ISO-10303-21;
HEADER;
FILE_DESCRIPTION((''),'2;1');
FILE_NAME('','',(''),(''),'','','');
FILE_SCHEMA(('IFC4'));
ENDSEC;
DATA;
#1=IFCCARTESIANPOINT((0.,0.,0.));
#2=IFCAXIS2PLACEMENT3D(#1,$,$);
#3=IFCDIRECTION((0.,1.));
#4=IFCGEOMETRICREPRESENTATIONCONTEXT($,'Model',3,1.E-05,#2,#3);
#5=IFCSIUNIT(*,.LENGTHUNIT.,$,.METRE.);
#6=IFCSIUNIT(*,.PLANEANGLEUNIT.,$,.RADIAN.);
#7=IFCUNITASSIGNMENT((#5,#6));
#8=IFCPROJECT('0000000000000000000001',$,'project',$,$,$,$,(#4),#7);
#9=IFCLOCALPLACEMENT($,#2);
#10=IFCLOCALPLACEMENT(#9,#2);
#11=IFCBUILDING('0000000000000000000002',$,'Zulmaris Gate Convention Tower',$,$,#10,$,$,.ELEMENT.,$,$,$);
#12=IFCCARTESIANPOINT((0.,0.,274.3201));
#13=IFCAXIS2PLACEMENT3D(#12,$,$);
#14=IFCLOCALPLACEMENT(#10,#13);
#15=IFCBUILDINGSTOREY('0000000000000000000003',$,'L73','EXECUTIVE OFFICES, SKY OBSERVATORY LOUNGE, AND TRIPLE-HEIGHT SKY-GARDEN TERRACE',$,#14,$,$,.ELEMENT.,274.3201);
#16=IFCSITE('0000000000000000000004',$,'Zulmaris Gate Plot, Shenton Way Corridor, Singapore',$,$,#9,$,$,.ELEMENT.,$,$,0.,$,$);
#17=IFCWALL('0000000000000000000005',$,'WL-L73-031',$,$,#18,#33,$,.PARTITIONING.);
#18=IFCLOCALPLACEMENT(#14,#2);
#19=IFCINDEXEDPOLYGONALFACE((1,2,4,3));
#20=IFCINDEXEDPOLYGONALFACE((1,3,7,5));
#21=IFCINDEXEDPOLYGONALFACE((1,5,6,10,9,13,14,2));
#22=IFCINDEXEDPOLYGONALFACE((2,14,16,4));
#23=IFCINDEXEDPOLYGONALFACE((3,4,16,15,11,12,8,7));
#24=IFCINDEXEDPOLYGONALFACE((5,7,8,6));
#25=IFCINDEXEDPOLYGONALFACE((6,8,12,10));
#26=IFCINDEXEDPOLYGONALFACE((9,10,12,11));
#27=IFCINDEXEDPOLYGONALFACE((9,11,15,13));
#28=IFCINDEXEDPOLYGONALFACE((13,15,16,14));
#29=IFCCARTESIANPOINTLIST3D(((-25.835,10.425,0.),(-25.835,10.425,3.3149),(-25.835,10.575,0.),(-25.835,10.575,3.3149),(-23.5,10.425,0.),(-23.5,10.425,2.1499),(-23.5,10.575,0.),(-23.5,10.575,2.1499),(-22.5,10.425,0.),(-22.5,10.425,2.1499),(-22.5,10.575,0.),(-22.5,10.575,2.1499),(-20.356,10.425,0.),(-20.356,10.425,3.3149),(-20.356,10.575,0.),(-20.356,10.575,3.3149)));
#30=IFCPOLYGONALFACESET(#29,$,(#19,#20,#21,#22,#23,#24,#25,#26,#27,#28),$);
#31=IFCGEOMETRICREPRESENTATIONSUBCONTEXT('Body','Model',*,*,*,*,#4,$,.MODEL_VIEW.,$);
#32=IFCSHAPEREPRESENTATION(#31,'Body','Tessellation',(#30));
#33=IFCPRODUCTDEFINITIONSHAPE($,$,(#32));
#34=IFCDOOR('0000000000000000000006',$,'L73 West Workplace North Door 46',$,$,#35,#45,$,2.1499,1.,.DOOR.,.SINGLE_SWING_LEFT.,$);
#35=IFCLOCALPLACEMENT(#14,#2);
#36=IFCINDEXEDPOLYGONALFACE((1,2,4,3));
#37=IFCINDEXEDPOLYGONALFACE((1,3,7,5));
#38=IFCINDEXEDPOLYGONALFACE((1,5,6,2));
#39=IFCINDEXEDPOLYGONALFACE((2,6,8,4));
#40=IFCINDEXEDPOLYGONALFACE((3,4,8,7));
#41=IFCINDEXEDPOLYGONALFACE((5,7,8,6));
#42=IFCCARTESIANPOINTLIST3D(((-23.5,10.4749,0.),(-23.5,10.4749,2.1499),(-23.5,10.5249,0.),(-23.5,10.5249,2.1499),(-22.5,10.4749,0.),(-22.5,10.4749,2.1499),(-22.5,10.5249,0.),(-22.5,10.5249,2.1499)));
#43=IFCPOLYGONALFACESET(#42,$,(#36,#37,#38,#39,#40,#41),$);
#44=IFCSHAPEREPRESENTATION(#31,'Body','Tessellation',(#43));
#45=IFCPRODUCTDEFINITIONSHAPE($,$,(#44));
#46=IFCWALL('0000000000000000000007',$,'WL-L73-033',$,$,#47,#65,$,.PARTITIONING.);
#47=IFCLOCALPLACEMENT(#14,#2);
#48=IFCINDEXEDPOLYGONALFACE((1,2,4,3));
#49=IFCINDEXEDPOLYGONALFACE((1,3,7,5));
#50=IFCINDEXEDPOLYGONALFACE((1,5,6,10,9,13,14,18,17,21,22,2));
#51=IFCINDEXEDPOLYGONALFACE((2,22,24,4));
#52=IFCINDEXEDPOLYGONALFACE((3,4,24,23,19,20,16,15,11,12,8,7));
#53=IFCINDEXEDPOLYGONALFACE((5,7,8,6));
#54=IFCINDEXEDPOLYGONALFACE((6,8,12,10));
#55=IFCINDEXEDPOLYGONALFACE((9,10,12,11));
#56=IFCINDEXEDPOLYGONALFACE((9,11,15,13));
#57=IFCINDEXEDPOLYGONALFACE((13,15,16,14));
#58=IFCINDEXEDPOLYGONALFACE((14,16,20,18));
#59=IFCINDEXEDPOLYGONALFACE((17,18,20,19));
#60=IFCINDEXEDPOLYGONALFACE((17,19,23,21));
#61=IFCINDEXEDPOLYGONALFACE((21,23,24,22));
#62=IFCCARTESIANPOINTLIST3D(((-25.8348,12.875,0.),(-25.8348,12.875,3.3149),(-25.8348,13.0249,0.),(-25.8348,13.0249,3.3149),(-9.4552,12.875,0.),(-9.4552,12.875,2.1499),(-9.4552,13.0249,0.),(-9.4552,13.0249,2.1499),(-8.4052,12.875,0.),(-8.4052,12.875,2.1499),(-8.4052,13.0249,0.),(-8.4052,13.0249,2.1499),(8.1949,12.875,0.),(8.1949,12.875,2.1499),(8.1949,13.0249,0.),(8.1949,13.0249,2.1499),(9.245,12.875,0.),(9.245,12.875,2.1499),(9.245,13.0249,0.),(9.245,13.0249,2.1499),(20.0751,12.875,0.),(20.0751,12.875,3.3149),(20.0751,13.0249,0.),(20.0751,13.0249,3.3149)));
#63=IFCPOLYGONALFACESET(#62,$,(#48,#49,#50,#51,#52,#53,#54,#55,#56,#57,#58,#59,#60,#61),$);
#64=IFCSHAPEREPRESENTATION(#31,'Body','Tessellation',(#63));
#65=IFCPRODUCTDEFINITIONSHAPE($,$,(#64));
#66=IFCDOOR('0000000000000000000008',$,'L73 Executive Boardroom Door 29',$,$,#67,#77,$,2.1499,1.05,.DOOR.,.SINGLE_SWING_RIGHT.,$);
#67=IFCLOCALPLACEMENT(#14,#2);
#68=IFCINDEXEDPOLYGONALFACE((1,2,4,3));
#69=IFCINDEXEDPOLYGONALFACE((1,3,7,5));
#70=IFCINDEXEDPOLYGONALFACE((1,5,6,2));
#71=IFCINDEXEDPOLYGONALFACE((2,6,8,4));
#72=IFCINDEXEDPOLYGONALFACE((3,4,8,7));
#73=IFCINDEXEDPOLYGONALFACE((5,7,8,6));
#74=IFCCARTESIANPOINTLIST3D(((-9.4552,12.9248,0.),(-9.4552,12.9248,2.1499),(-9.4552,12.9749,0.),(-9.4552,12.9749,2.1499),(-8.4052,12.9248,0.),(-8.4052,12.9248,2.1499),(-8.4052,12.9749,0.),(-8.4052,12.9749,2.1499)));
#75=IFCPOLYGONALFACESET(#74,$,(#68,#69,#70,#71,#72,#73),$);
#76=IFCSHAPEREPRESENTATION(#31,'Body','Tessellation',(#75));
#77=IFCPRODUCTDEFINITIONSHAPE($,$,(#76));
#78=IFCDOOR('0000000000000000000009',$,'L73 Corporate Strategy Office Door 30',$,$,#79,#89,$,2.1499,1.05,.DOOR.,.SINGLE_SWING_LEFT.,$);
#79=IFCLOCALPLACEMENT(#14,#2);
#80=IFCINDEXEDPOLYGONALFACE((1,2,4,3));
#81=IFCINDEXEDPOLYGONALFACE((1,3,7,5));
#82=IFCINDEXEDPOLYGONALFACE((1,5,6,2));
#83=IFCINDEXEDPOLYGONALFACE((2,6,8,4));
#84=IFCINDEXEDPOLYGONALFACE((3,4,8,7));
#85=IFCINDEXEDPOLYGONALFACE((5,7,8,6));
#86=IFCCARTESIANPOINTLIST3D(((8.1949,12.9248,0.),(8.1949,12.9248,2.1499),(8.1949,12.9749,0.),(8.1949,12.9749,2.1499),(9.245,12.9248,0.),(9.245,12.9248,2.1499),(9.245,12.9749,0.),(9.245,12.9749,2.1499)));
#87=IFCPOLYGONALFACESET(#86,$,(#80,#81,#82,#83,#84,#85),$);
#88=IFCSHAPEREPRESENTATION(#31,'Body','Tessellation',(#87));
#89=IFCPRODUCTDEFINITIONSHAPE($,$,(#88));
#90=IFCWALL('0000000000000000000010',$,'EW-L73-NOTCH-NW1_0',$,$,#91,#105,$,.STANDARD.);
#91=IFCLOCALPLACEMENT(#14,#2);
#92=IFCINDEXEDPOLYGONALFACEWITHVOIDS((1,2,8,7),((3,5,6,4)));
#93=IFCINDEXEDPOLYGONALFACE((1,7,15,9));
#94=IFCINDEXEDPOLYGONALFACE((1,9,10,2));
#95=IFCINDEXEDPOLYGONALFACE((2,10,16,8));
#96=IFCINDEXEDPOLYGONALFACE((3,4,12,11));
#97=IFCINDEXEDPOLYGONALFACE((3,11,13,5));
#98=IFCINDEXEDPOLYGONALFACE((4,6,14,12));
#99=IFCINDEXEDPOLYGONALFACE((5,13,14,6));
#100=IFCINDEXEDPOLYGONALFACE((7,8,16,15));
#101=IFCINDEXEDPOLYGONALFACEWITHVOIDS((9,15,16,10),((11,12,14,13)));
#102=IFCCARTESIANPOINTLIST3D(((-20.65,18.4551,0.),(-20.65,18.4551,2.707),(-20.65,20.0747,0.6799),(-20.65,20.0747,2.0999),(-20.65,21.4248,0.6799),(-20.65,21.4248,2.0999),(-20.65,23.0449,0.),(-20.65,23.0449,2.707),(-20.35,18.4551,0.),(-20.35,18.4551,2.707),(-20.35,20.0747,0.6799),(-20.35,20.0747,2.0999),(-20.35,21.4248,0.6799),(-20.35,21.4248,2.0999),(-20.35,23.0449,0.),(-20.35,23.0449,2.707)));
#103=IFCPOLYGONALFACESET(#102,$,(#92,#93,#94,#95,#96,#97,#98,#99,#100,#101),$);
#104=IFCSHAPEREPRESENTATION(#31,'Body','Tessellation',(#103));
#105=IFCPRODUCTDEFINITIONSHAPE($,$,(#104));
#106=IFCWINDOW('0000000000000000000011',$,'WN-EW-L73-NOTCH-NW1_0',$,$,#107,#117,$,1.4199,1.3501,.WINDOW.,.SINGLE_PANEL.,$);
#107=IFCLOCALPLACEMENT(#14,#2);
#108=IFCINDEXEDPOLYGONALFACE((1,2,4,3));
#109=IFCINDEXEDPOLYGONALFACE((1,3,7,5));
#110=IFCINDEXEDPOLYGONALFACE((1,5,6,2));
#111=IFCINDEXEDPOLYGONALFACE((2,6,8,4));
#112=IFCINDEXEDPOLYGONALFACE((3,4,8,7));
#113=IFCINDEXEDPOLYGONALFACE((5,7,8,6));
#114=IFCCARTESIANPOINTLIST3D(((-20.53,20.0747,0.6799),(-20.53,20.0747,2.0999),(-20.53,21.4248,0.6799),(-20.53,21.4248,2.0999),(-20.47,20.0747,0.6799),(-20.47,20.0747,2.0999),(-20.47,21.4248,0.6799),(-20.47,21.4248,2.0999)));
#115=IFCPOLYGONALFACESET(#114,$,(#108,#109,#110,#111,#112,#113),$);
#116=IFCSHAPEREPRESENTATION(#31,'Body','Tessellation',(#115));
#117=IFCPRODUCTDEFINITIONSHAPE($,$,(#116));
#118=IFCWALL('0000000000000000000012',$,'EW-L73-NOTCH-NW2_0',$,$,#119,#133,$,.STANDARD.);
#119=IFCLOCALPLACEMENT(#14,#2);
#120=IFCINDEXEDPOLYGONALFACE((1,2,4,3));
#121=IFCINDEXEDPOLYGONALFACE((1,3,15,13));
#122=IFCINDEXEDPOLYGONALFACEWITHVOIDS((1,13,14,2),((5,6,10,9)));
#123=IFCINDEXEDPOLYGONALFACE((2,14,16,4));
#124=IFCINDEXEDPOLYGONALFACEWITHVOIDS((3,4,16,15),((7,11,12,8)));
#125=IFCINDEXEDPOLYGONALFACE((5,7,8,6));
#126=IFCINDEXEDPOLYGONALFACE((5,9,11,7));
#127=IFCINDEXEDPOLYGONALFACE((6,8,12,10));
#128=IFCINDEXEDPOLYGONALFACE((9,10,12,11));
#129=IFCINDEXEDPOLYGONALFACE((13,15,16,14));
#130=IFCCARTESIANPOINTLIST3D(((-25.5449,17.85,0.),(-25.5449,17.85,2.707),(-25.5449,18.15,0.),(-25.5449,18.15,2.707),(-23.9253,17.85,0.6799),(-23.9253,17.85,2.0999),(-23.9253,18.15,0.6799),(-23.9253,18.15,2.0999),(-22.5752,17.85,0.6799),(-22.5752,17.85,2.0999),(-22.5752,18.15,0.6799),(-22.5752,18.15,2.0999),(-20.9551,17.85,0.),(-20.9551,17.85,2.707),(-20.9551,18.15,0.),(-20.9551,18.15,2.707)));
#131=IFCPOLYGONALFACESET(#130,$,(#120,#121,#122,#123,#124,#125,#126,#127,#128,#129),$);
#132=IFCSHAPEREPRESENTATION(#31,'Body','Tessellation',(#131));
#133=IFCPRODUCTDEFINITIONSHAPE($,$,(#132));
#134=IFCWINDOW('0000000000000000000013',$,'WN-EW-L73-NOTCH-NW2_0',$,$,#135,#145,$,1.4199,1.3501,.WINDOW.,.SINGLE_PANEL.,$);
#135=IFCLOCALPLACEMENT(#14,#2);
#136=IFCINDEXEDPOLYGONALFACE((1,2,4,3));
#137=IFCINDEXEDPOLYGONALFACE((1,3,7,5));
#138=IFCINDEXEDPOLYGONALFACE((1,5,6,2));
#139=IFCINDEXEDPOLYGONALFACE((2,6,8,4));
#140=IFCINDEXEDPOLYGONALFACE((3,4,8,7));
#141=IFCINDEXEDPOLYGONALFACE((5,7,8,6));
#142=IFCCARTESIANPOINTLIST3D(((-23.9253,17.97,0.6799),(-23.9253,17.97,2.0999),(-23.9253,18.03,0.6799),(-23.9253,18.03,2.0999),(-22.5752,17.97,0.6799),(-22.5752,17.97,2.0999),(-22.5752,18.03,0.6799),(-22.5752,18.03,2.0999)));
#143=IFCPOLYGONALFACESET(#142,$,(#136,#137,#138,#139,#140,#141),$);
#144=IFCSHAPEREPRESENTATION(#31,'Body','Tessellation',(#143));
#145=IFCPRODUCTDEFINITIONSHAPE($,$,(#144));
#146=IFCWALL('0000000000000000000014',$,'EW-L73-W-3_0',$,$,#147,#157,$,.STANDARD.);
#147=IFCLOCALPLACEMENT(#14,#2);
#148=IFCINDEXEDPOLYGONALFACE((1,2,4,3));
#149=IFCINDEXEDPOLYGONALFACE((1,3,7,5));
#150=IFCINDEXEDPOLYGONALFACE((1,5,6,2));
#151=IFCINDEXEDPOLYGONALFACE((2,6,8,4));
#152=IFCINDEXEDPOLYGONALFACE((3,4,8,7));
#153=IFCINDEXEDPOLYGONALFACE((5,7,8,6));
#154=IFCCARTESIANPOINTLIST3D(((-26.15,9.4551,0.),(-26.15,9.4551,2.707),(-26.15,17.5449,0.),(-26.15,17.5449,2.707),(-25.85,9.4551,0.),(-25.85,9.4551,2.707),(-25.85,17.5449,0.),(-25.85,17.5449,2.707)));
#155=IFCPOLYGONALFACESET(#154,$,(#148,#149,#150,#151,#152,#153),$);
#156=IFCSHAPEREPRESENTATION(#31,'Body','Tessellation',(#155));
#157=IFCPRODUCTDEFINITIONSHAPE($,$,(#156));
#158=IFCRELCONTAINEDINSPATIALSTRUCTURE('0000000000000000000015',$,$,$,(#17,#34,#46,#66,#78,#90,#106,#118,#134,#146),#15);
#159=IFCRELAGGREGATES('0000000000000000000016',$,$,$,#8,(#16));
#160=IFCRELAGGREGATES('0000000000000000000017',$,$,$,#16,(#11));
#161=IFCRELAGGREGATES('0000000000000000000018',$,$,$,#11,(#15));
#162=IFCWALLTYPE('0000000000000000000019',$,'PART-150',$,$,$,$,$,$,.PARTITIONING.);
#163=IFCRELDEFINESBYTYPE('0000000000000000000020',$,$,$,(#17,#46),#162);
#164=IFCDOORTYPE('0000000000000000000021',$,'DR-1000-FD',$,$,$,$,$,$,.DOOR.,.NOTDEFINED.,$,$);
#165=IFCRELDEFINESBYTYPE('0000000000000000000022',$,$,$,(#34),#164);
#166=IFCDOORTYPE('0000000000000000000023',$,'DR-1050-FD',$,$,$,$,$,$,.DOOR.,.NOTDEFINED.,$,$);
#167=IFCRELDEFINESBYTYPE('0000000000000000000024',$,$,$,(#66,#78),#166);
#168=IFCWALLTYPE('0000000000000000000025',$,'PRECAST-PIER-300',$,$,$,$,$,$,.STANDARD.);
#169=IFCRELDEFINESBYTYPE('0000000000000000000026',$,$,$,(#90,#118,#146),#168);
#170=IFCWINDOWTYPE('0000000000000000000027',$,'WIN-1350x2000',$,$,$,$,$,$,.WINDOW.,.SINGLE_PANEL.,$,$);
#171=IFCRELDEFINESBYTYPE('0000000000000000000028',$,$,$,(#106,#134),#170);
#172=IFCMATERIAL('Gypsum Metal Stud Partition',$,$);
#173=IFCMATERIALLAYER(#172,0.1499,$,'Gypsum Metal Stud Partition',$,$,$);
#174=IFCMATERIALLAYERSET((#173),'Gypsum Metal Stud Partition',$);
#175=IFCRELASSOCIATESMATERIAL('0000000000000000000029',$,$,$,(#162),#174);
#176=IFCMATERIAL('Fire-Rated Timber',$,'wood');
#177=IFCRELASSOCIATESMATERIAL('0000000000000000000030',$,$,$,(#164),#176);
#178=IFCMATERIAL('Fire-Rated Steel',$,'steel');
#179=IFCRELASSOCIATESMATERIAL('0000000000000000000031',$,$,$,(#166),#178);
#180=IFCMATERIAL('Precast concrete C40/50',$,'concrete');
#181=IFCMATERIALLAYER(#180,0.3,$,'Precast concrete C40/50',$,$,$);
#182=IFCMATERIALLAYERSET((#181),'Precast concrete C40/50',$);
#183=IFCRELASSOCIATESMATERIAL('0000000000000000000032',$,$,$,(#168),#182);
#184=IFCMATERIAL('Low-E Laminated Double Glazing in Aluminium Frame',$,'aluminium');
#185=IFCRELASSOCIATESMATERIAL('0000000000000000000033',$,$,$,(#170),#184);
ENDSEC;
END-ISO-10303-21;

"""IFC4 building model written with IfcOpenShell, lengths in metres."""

from ifc_helpers import new_model, si_unit, direction, frame, frame_2d, origin, place, context, subcontext, project, spatial, rectangle, extrude, material, layer, layer_set, type_object, element, fill, save


model = new_model("IFC4")

# Units and contexts
model_context = context("Model", 3, precision=1e-05, world=origin(), true_north=direction((0.0, 1.0)))
body_context = subcontext(model_context, "Body", "Model", "MODEL_VIEW")
ifc_project = project(units=[si_unit("LENGTHUNIT", "METRE"), si_unit("PLANEANGLEUNIT", "RADIAN")], contexts=[model_context])

# Site, building, storey
site_placement = place(None, origin())
site = spatial("IfcSite", under=ifc_project, at=site_placement, Name="Zulmaris Gate Plot, Shenton Way Corridor, Singapore", CompositionType="ELEMENT", RefElevation=0.0)
building_placement = place(site_placement, origin())
building = spatial("IfcBuilding", under=site, at=building_placement, Name="Zulmaris Gate Convention Tower", CompositionType="ELEMENT")
storey_placement = place(building_placement, frame((0.0, 0.0, 274.3201)))
storey = spatial("IfcBuildingStorey", under=building, at=storey_placement, Name="L73", Description="EXECUTIVE OFFICES, SKY OBSERVATORY LOUNGE, AND TRIPLE-HEIGHT SKY-GARDEN TERRACE", CompositionType="ELEMENT", Elevation=274.3201)

# Shared definitions
ifc_material_1 = material(Name="Fire-Rated Steel", Category="steel")
ifc_material_2 = material(Name="Fire-Rated Timber", Category="wood")

# Wall, opening, door
ifc_material_3 = material(Name="Gypsum Metal Stud Partition")
ifc_layer_1 = layer(ifc_material_3, 0.1499, Name="Gypsum Metal Stud Partition")
ifc_layer_set_1 = layer_set([ifc_layer_1], Name="Gypsum Metal Stud Partition")
wall_type_1 = type_object("IfcWallType", Name="PART-150", PredefinedType="PARTITIONING", material=ifc_layer_set_1)
wall_1_placement = place(storey_placement, frame((-25.835, 10.5, 0.0), z_axis=(0.0, 0.0, 1.0), x_axis=(1.0, 0.0, 0.0)))
wall_1 = element("IfcWall", 1, at=wall_1_placement, inside=storey, type_object=wall_type_1, Name="WL-L73-031", PredefinedType="PARTITIONING", context=body_context, shape_type="SweptSolid", body=[
    extrude(rectangle(XDim=5.479, YDim=0.1499, at=frame_2d((2.7395, 0.0))), origin(), (0.0, 0.0, 1.0), 3.3149),
])
opening_1_placement = place(wall_1_placement, frame((2.335, 0.0, 0.0)))
opening_1 = element("IfcOpeningElement", 2, at=opening_1_placement, cuts=wall_1, PredefinedType="OPENING", context=body_context, shape_type="SweptSolid", body=[
    extrude(rectangle(XDim=1.0, YDim=2.1499, at=frame_2d((0.5, 1.075))), frame((0.0, 0.085, 0.0), z_axis=(0.0, -1.0, 0.0), x_axis=(1.0, 0.0, 0.0)), (0.0, 0.0, 1.0), 0.1699),
])
door_type_1 = type_object("IfcDoorType", Name="DR-1000-FD", OperationType="NOTDEFINED", PredefinedType="DOOR", material=ifc_material_2)
door_1_placement = place(opening_1_placement, origin())
door_1 = element("IfcDoor", 3, at=door_1_placement, inside=storey, type_object=door_type_1, Name="L73 West Workplace North Door 46", OperationType="SINGLE_SWING_LEFT", OverallHeight=2.1499, OverallWidth=1.0, PredefinedType="DOOR", context=body_context, shape_type="SweptSolid", body=[
    extrude(rectangle(XDim=1.0, YDim=2.1499, at=frame_2d((0.5, 1.075))), frame((0.0, 0.0249, 0.0), z_axis=(0.0, -1.0, 0.0), x_axis=(1.0, 0.0, 0.0)), (0.0, 0.0, 1.0), 0.05),
])
fill(opening_1, door_1)

# Wall, openings, doors
wall_2_placement = place(storey_placement, frame((-25.835, 12.95, 0.0), z_axis=(0.0, 0.0, 1.0), x_axis=(1.0, 0.0, 0.0)))
wall_2 = element("IfcWall", 4, at=wall_2_placement, inside=storey, type_object=wall_type_1, Name="WL-L73-033", PredefinedType="PARTITIONING", context=body_context, shape_type="SweptSolid", body=[
    extrude(rectangle(XDim=45.9099, YDim=0.1499, at=frame_2d((22.9551, 0.0))), origin(), (0.0, 0.0, 1.0), 3.3149),
])
opening_2_placement = place(wall_2_placement, frame((16.3799, 0.0, 0.0)))
opening_2 = element("IfcOpeningElement", 5, at=opening_2_placement, cuts=wall_2, PredefinedType="OPENING", context=body_context, shape_type="SweptSolid", body=[
    extrude(rectangle(XDim=1.05, YDim=2.1499, at=frame_2d((0.5249, 1.075))), frame((0.0, 0.085, 0.0), z_axis=(0.0, -1.0, 0.0), x_axis=(1.0, 0.0, 0.0)), (0.0, 0.0, 1.0), 0.1699),
])
opening_3_placement = place(wall_2_placement, frame((34.03, 0.0, 0.0)))
opening_3 = element("IfcOpeningElement", 6, at=opening_3_placement, cuts=wall_2, PredefinedType="OPENING", context=body_context, shape_type="SweptSolid", body=[
    extrude(rectangle(XDim=1.05, YDim=2.1499, at=frame_2d((0.5249, 1.075))), frame((0.0, 0.085, 0.0), z_axis=(0.0, -1.0, 0.0), x_axis=(1.0, 0.0, 0.0)), (0.0, 0.0, 1.0), 0.1699),
])
door_type_2 = type_object("IfcDoorType", Name="DR-1050-FD", OperationType="NOTDEFINED", PredefinedType="DOOR", material=ifc_material_1)
door_2_placement = place(opening_2_placement, origin())
door_2 = element("IfcDoor", 7, at=door_2_placement, inside=storey, type_object=door_type_2, Name="L73 Executive Boardroom Door 29", OperationType="SINGLE_SWING_RIGHT", OverallHeight=2.1499, OverallWidth=1.05, PredefinedType="DOOR", context=body_context, shape_type="SweptSolid", body=[
    extrude(rectangle(XDim=1.05, YDim=2.1499, at=frame_2d((0.5249, 1.075))), frame((0.0, 0.0249, 0.0), z_axis=(0.0, -1.0, 0.0), x_axis=(1.0, 0.0, 0.0)), (0.0, 0.0, 1.0), 0.05),
])
fill(opening_2, door_2)
door_3_placement = place(opening_3_placement, origin())
door_3 = element("IfcDoor", 8, at=door_3_placement, inside=storey, type_object=door_type_2, Name="L73 Corporate Strategy Office Door 30", OperationType="SINGLE_SWING_LEFT", OverallHeight=2.1499, OverallWidth=1.05, PredefinedType="DOOR", context=body_context, shape_type="SweptSolid", body=[
    extrude(rectangle(XDim=1.05, YDim=2.1499, at=frame_2d((0.5249, 1.075))), frame((0.0, 0.0249, 0.0), z_axis=(0.0, -1.0, 0.0), x_axis=(1.0, 0.0, 0.0)), (0.0, 0.0, 1.0), 0.05),
])
fill(opening_3, door_3)

# Walls, openings, windows
ifc_material_4 = material(Name="Precast concrete C40/50", Category="concrete")
ifc_layer_2 = layer(ifc_material_4, 0.3, Name="Precast concrete C40/50")
ifc_layer_set_2 = layer_set([ifc_layer_2], Name="Precast concrete C40/50")
wall_type_2 = type_object("IfcWallType", Name="PRECAST-PIER-300", PredefinedType="STANDARD", material=ifc_layer_set_2)
wall_3_placement = place(storey_placement, frame((-20.5, 23.0449, 0.0), z_axis=(0.0, 0.0, 1.0), x_axis=(0.0, -1.0, 0.0)))
wall_3 = element("IfcWall", 9, at=wall_3_placement, inside=storey, type_object=wall_type_2, Name="EW-L73-NOTCH-NW1_0", PredefinedType="STANDARD", context=body_context, shape_type="SweptSolid", body=[
    extrude(rectangle(XDim=4.5898, YDim=0.3, at=frame_2d((2.2949, 0.0))), origin(), (0.0, 0.0, 1.0), 2.707),
])
opening_4_placement = place(wall_3_placement, frame((1.6201, 0.0, 0.6799)))
opening_4 = element("IfcOpeningElement", 10, at=opening_4_placement, cuts=wall_3, PredefinedType="OPENING", context=body_context, shape_type="SweptSolid", body=[
    extrude(rectangle(XDim=1.3501, YDim=1.4199, at=frame_2d((0.675, 0.71))), frame((0.0, 0.1602, 0.0), z_axis=(0.0, -1.0, 0.0), x_axis=(1.0, 0.0, 0.0)), (0.0, 0.0, 1.0), 0.3201),
])
ifc_material_5 = material(Name="Low-E Laminated Double Glazing in Aluminium Frame", Category="aluminium")
window_type = type_object("IfcWindowType", Name="WIN-1350x2000", PartitioningType="SINGLE_PANEL", PredefinedType="WINDOW", material=ifc_material_5)
window_1_placement = place(opening_4_placement, origin())
window_1 = element("IfcWindow", 11, at=window_1_placement, inside=storey, type_object=window_type, Name="WN-EW-L73-NOTCH-NW1_0", OverallHeight=1.4199, OverallWidth=1.3501, PartitioningType="SINGLE_PANEL", PredefinedType="WINDOW", context=body_context, shape_type="SweptSolid", body=[
    extrude(rectangle(XDim=1.3501, YDim=1.4199, at=frame_2d((0.675, 0.71))), frame((0.0, 0.03, 0.0), z_axis=(0.0, -1.0, 0.0), x_axis=(1.0, 0.0, 0.0)), (0.0, 0.0, 1.0), 0.0601),
])
fill(opening_4, window_1)
wall_4_placement = place(storey_placement, frame((-20.9551, 18.0, 0.0), z_axis=(0.0, 0.0, 1.0), x_axis=(-1.0, 0.0, 0.0)))
wall_4 = element("IfcWall", 12, at=wall_4_placement, inside=storey, type_object=wall_type_2, Name="EW-L73-NOTCH-NW2_0", PredefinedType="STANDARD", context=body_context, shape_type="SweptSolid", body=[
    extrude(rectangle(XDim=4.5898, YDim=0.3, at=frame_2d((2.2949, 0.0))), origin(), (0.0, 0.0, 1.0), 2.707),
])
opening_5_placement = place(wall_4_placement, frame((1.6201, 0.0, 0.6799)))
opening_5 = element("IfcOpeningElement", 13, at=opening_5_placement, cuts=wall_4, PredefinedType="OPENING", context=body_context, shape_type="SweptSolid", body=[
    extrude(rectangle(XDim=1.3501, YDim=1.4199, at=frame_2d((0.675, 0.71))), frame((0.0, 0.1602, 0.0), z_axis=(0.0, -1.0, 0.0), x_axis=(1.0, 0.0, 0.0)), (0.0, 0.0, 1.0), 0.3201),
])
window_2_placement = place(opening_5_placement, origin())
window_2 = element("IfcWindow", 14, at=window_2_placement, inside=storey, type_object=window_type, Name="WN-EW-L73-NOTCH-NW2_0", OverallHeight=1.4199, OverallWidth=1.3501, PartitioningType="SINGLE_PANEL", PredefinedType="WINDOW", context=body_context, shape_type="SweptSolid", body=[
    extrude(rectangle(XDim=1.3501, YDim=1.4199, at=frame_2d((0.675, 0.71))), frame((0.0, 0.03, 0.0), z_axis=(0.0, -1.0, 0.0), x_axis=(1.0, 0.0, 0.0)), (0.0, 0.0, 1.0), 0.0601),
])
fill(opening_5, window_2)

# Wall
wall_5_placement = place(storey_placement, frame((-26.0, 17.5449, 0.0), z_axis=(0.0, 0.0, 1.0), x_axis=(0.0, -1.0, 0.0)))
element("IfcWall", 15, at=wall_5_placement, inside=storey, type_object=wall_type_2, Name="EW-L73-W-3_0", PredefinedType="STANDARD", context=body_context, shape_type="SweptSolid", body=[
    extrude(rectangle(XDim=8.0898, YDim=0.3, at=frame_2d((4.0449, 0.0))), origin(), (0.0, 0.0, 1.0), 2.707),
])

save(model, "model.ifc")
